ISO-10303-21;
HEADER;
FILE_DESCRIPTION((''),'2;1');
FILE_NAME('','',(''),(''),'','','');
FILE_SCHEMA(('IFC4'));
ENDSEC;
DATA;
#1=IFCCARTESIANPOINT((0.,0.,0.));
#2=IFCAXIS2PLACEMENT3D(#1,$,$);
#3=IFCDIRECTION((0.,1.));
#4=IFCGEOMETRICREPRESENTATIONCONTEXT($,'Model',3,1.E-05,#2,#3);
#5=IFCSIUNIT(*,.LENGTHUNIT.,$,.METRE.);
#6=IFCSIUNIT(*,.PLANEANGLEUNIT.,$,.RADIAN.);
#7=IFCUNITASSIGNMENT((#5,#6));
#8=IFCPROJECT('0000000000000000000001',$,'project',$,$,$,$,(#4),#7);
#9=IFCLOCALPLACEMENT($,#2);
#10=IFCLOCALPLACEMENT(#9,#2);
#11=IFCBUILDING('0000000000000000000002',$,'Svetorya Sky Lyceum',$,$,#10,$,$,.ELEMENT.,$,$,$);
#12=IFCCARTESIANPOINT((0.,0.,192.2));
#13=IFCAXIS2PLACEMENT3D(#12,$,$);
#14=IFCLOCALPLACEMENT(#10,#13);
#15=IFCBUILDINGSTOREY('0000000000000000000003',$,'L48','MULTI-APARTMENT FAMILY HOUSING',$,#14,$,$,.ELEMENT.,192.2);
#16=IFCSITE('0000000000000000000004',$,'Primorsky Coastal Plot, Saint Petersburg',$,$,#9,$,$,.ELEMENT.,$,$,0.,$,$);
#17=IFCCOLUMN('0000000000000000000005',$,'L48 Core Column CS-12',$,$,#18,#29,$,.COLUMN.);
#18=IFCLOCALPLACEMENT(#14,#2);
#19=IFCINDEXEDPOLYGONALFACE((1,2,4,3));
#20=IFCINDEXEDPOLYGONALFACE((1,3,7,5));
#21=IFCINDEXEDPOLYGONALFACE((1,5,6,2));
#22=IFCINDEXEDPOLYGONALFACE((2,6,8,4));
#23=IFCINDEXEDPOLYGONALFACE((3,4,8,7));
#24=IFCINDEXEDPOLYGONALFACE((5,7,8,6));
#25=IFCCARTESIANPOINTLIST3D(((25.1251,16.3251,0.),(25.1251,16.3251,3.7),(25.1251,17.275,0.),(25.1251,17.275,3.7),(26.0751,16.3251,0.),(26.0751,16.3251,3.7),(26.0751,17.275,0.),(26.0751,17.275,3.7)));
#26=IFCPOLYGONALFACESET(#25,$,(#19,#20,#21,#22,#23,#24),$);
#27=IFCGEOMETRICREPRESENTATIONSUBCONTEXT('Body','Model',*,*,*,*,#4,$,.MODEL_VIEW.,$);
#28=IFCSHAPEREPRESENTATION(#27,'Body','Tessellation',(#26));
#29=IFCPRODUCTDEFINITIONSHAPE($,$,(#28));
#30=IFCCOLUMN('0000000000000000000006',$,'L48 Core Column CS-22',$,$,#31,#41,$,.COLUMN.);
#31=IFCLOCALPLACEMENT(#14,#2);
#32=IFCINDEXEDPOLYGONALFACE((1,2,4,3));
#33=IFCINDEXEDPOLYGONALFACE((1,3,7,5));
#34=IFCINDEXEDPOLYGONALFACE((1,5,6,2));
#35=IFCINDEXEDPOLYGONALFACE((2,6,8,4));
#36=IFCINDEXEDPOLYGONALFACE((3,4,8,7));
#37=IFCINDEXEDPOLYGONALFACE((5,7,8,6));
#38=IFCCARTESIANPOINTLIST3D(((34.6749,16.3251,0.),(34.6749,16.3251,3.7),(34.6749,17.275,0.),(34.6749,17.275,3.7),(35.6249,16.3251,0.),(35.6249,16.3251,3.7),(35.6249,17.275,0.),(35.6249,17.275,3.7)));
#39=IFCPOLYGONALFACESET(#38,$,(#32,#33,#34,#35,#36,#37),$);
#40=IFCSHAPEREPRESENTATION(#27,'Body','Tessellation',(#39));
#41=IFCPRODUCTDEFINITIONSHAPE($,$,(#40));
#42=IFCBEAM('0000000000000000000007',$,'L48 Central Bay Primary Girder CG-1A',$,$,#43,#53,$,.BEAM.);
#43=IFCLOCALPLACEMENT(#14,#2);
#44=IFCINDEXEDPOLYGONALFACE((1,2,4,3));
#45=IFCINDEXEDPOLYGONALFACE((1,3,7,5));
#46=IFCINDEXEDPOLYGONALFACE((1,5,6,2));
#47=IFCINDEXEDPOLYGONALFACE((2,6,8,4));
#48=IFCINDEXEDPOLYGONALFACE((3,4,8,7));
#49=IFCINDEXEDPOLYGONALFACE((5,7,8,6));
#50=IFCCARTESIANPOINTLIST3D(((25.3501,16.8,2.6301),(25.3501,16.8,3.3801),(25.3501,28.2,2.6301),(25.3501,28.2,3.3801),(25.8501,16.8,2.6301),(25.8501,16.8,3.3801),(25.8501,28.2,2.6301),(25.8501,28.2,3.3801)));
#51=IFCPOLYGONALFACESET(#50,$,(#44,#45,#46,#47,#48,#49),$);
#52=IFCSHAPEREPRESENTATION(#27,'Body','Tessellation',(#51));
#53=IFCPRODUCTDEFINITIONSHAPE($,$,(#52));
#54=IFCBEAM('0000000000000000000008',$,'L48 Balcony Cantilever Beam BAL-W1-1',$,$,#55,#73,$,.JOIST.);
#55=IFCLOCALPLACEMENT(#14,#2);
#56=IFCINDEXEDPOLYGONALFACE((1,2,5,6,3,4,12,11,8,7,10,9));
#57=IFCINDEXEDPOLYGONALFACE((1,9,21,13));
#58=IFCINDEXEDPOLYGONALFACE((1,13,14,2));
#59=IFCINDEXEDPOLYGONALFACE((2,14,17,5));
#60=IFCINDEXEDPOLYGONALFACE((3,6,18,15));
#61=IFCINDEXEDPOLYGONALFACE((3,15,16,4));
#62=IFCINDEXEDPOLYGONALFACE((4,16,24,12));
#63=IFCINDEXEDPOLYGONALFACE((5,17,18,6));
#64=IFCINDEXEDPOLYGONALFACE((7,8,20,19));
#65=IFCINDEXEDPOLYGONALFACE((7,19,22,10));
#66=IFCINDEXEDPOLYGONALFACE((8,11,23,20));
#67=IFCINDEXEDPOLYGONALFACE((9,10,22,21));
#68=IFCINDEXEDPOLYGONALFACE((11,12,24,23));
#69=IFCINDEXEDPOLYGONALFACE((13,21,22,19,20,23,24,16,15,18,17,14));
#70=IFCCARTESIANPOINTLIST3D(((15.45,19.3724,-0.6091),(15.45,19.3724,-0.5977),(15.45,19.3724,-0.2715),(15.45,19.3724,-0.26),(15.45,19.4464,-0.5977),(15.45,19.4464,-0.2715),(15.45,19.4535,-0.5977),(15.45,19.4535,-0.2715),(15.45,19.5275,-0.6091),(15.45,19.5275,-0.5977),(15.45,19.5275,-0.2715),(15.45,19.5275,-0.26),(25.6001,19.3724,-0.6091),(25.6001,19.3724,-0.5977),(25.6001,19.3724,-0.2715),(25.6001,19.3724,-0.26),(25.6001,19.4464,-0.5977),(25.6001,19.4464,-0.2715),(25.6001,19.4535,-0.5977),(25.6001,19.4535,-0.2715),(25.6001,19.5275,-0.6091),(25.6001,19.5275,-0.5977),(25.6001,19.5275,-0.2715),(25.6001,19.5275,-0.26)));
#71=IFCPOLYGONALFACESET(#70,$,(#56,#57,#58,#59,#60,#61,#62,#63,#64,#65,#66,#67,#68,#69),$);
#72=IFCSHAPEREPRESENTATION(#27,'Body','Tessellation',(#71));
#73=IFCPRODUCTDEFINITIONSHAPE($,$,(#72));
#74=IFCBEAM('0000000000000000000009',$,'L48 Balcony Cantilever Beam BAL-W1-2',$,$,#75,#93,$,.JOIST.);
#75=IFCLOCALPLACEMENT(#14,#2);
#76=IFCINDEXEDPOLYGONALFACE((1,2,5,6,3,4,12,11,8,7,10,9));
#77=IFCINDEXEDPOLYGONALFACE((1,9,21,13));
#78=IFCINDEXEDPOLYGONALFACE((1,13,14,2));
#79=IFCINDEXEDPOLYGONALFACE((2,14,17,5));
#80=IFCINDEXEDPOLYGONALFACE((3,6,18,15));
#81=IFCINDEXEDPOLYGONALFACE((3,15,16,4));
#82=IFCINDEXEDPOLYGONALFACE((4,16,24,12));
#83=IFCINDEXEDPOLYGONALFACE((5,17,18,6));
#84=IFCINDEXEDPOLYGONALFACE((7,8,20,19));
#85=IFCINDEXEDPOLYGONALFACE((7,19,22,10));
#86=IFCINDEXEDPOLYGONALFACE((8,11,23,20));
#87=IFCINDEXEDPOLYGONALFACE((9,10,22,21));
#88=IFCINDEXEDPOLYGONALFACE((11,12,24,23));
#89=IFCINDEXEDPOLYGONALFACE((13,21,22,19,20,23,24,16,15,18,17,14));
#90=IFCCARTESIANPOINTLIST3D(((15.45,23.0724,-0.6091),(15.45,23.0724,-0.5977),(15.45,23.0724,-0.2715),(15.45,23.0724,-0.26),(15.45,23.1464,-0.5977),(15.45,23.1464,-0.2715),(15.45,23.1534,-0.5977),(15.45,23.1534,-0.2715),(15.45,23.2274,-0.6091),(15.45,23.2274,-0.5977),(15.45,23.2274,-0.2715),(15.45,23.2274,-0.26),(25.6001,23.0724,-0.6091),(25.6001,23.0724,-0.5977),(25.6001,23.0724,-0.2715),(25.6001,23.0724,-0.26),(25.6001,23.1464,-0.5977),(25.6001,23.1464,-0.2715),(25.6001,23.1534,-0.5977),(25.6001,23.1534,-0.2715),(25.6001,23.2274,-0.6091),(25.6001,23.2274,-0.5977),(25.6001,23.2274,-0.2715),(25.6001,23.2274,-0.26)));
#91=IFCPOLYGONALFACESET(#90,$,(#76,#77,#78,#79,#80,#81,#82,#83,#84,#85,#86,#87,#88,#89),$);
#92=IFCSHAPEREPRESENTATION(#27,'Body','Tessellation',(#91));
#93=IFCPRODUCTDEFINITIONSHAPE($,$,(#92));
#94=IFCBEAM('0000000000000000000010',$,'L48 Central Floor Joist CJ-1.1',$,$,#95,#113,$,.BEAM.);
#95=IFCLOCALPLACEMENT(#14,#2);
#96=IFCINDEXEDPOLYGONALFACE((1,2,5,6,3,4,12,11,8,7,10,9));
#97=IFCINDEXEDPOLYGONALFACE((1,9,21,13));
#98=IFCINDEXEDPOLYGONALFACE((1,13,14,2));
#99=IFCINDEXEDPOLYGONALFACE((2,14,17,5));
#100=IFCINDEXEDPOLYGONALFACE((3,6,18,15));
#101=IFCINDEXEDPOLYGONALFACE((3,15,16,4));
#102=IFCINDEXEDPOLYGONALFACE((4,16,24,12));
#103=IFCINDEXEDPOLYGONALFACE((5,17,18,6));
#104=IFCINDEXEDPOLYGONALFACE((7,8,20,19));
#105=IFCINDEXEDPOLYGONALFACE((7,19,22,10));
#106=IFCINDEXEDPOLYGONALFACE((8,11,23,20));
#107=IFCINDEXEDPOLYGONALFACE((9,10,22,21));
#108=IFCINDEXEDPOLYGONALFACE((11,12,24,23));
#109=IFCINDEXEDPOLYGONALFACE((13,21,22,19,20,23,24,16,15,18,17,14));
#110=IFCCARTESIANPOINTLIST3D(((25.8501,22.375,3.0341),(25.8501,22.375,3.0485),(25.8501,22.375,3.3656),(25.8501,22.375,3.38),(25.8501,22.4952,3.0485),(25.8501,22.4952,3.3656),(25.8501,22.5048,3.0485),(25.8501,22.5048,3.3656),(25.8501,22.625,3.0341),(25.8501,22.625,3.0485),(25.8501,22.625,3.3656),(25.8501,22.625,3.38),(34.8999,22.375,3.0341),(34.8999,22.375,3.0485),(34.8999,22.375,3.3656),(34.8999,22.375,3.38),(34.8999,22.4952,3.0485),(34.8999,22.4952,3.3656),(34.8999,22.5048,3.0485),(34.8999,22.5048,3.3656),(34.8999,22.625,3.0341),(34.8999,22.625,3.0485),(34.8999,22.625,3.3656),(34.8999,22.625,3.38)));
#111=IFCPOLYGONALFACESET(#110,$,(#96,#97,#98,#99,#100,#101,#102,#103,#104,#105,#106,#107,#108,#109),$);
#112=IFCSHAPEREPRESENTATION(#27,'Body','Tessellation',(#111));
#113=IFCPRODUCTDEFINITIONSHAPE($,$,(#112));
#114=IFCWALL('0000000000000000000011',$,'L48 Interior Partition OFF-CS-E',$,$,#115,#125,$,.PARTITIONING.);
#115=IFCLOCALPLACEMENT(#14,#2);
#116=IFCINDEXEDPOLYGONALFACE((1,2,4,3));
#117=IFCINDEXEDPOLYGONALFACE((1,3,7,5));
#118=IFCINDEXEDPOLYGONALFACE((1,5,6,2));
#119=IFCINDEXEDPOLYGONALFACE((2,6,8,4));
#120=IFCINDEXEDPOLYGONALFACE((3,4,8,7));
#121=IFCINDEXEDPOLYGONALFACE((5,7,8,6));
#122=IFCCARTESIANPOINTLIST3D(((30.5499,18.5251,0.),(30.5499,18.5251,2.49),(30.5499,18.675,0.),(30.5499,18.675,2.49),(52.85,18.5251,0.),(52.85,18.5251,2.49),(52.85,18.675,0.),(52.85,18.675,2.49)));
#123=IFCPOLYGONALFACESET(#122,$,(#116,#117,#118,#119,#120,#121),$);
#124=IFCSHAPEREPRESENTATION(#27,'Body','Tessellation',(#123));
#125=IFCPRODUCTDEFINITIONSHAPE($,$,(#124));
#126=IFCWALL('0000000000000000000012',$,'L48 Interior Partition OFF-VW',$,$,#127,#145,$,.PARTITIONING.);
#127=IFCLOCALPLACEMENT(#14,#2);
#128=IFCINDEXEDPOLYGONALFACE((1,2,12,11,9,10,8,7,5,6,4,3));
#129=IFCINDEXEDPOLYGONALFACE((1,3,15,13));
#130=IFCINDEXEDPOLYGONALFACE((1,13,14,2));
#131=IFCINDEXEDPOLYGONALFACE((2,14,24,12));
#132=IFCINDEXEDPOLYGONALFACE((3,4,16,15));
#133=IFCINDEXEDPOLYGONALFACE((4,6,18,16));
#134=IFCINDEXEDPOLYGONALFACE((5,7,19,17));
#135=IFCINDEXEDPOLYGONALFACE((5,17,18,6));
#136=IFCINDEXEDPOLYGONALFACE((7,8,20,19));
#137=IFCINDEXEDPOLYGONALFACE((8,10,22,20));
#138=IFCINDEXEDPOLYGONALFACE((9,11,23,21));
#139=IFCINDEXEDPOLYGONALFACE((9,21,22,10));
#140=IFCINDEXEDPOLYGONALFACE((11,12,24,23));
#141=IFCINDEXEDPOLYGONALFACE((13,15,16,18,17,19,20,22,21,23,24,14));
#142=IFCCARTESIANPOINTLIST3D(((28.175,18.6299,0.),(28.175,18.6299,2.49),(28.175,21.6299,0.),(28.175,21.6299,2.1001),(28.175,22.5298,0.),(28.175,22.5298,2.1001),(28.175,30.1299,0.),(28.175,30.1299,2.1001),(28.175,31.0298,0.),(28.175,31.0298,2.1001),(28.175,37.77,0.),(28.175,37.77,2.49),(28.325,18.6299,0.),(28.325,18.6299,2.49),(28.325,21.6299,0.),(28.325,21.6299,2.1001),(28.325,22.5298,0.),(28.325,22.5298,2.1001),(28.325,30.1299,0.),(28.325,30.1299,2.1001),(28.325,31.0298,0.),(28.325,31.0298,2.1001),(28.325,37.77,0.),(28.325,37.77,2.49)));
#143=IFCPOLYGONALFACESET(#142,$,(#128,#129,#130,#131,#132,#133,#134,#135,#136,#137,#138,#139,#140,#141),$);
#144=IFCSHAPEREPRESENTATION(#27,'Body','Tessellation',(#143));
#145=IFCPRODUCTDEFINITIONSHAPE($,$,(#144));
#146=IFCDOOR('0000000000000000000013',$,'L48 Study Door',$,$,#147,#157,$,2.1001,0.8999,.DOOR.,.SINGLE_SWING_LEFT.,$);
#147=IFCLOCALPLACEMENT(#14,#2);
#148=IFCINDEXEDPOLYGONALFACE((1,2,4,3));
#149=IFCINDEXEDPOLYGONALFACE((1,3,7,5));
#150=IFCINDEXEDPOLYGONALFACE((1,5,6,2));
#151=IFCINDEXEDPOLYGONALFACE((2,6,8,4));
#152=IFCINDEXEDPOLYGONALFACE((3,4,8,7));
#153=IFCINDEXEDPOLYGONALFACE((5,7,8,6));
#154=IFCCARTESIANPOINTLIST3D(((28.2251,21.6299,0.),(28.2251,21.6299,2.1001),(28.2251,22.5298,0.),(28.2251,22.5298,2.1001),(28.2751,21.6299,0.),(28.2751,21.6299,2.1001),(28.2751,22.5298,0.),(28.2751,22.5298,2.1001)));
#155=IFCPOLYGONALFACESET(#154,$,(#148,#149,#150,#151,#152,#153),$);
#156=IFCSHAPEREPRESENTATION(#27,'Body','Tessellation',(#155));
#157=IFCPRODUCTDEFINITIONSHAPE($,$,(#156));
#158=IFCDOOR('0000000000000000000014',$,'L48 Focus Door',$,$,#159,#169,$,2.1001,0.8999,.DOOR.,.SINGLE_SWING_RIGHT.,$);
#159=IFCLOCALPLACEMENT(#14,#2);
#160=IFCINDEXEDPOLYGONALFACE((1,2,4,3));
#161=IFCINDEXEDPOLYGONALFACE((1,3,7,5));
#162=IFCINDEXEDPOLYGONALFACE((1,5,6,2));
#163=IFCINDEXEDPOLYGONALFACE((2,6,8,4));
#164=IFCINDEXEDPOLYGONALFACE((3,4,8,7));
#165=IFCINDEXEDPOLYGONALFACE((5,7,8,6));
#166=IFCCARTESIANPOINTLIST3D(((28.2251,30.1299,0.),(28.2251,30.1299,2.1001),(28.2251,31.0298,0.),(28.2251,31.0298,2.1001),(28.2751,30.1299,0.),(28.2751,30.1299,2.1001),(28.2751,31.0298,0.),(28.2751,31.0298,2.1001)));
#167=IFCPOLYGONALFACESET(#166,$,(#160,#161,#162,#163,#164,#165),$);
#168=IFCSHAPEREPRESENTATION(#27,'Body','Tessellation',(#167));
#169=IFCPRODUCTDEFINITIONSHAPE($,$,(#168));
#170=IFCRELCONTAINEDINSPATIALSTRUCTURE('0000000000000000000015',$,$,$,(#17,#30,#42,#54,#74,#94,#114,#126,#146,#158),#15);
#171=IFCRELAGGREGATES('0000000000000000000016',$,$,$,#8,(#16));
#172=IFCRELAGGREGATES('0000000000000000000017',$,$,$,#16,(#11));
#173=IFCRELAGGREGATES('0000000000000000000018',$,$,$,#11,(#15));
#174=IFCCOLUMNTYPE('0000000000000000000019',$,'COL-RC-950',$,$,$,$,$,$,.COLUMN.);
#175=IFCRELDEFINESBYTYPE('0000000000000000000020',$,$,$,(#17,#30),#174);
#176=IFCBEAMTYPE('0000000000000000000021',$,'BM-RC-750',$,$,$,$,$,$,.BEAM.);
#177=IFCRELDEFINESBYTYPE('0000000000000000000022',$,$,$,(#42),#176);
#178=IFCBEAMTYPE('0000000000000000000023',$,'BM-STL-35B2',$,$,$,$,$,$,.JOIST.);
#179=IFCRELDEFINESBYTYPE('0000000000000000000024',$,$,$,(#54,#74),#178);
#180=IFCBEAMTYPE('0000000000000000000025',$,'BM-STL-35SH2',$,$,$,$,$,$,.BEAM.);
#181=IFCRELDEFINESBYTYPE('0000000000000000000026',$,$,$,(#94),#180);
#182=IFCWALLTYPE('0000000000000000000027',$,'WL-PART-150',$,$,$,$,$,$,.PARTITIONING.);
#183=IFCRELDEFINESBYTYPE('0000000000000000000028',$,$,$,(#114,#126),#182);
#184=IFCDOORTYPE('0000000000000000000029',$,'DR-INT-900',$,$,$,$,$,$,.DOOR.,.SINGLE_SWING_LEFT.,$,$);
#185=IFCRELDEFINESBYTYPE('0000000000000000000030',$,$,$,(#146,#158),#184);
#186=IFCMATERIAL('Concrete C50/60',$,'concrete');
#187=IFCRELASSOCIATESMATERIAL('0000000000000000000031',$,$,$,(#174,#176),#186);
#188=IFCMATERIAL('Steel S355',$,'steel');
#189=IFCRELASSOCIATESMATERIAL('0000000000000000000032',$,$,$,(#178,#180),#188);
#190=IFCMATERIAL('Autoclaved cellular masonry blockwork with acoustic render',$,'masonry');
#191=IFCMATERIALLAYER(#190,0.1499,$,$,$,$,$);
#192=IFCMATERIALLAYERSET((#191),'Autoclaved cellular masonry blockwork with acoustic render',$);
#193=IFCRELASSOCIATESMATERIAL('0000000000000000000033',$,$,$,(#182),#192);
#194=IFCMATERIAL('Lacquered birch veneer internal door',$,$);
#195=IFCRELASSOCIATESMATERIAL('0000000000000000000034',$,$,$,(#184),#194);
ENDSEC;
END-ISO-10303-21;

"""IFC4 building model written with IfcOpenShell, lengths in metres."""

from ifc_helpers import new_model, si_unit, direction, frame, frame_2d, origin, origin_2d, place, context, subcontext, project, spatial, rectangle, i_section, extrude, material, layer, layer_set, material_profile, profile_set, type_object, element, fill, save


model = new_model("IFC4")

# Units and contexts
model_context = context("Model", 3, precision=1e-05, world=origin(), true_north=direction((0.0, 1.0)))
body_context = subcontext(model_context, "Body", "Model", "MODEL_VIEW")
ifc_project = project(units=[si_unit("LENGTHUNIT", "METRE"), si_unit("PLANEANGLEUNIT", "RADIAN")], contexts=[model_context])

# Site, building, storey
site_placement = place(None, origin())
site = spatial("IfcSite", under=ifc_project, at=site_placement, Name="Primorsky Coastal Plot, Saint Petersburg", CompositionType="ELEMENT", RefElevation=0.0)
building_placement = place(site_placement, origin())
building = spatial("IfcBuilding", under=site, at=building_placement, Name="Svetorya Sky Lyceum", CompositionType="ELEMENT")
storey_placement = place(building_placement, frame((0.0, 0.0, 192.2)))
storey = spatial("IfcBuildingStorey", under=building, at=storey_placement, Name="L48", Description="MULTI-APARTMENT FAMILY HOUSING", CompositionType="ELEMENT", Elevation=192.2)

# Columns
ifc_material_1 = material(Name="Concrete C50/60", Category="concrete")
ifc_material_profile_1 = material_profile(ifc_material_1, rectangle(XDim=0.95, YDim=0.95, at=origin_2d()), Name="RC COL 950x950")
ifc_profile_set_1 = profile_set([ifc_material_profile_1], Name="Concrete C50/60")
column_type = type_object("IfcColumnType", Name="COL-RC-950", PredefinedType="COLUMN", material=ifc_profile_set_1)
for number, where, z_axis, x_axis, name in (
    (1, (25.6001, 16.8, 0.0), (0.0, 0.0, 1.0), (1.0, 0.0, 0.0), "L48 Core Column CS-12"),
    (2, (35.1499, 16.8, 0.0), (0.0, 0.0, 1.0), (1.0, 0.0, 0.0), "L48 Core Column CS-22"),
):
    element("IfcColumn", number, at=place(storey_placement, frame(where, z_axis=z_axis, x_axis=x_axis)), inside=storey, type_object=column_type, Name=name, PredefinedType="COLUMN", context=body_context, shape_type="SweptSolid", body=[
        extrude(rectangle(XDim=0.95, YDim=0.95, at=origin_2d()), origin(), (0.0, 0.0, 1.0), 3.7),
    ])

# Beams
ifc_material_profile_2 = material_profile(ifc_material_1, rectangle(XDim=0.5, YDim=0.75, at=origin_2d()), Name="RC BEAM 500x750")
ifc_profile_set_2 = profile_set([ifc_material_profile_2], Name="Concrete C50/60")
beam_type_1 = type_object("IfcBeamType", Name="BM-RC-750", PredefinedType="BEAM", material=ifc_profile_set_2)
beam_1_placement = place(storey_placement, frame((25.6001, 16.8, 3.0051), z_axis=(0.0, 1.0, 0.0), x_axis=(-1.0, 0.0, 0.0)))
element("IfcBeam", 3, at=beam_1_placement, inside=storey, type_object=beam_type_1, Name="L48 Central Bay Primary Girder CG-1A", PredefinedType="BEAM", context=body_context, shape_type="SweptSolid", body=[
    extrude(rectangle(XDim=0.5, YDim=0.75, at=origin_2d()), origin(), (0.0, 0.0, 1.0), 11.3999),
])
ifc_material_2 = material(Name="Steel S355", Category="steel")
ifc_material_profile_3 = material_profile(ifc_material_2, i_section(OverallWidth=0.155, OverallDepth=0.3491, WebThickness=0.0071, FlangeThickness=0.0115, at=origin_2d()), Name="GOST 35B2")
ifc_profile_set_3 = profile_set([ifc_material_profile_3], Name="Steel S355")
beam_type_2 = type_object("IfcBeamType", Name="BM-STL-35B2", PredefinedType="JOIST", material=ifc_profile_set_3)
for number, where, z_axis, x_axis, name in (
    (4, (25.6001, 19.45, -0.4346), (-1.0, 0.0, 0.0), (0.0, -1.0, 0.0), "L48 Balcony Cantilever Beam BAL-W1-1"),
    (5, (25.6001, 23.1499, -0.4346), (-1.0, 0.0, 0.0), (0.0, -1.0, 0.0), "L48 Balcony Cantilever Beam BAL-W1-2"),
):
    element("IfcBeam", number, at=place(storey_placement, frame(where, z_axis=z_axis, x_axis=x_axis)), inside=storey, type_object=beam_type_2, Name=name, PredefinedType="JOIST", context=body_context, shape_type="SweptSolid", body=[
        extrude(i_section(OverallWidth=0.155, OverallDepth=0.3491, WebThickness=0.0071, FlangeThickness=0.0115, at=origin_2d()), origin(), (0.0, 0.0, 1.0), 10.1501),
    ])
ifc_material_profile_4 = material_profile(ifc_material_2, i_section(OverallWidth=0.25, OverallDepth=0.3459, WebThickness=0.0095, FlangeThickness=0.0144, at=origin_2d()), Name="GOST 35Sh2")
ifc_profile_set_4 = profile_set([ifc_material_profile_4], Name="Steel S355")
beam_type_3 = type_object("IfcBeamType", Name="BM-STL-35SH2", PredefinedType="BEAM", material=ifc_profile_set_4)
beam_2_placement = place(storey_placement, frame((25.8501, 22.5, 3.207), z_axis=(1.0, 0.0, 0.0), x_axis=(0.0, 1.0, 0.0)))
element("IfcBeam", 6, at=beam_2_placement, inside=storey, type_object=beam_type_3, Name="L48 Central Floor Joist CJ-1.1", PredefinedType="BEAM", context=body_context, shape_type="SweptSolid", body=[
    extrude(i_section(OverallWidth=0.25, OverallDepth=0.3459, WebThickness=0.0095, FlangeThickness=0.0144, at=origin_2d()), origin(), (0.0, 0.0, 1.0), 9.0498),
])

# Wall
ifc_material_3 = material(Name="Autoclaved cellular masonry blockwork with acoustic render", Category="masonry")
ifc_layer = layer(ifc_material_3, 0.1499)
ifc_layer_set = layer_set([ifc_layer], Name="Autoclaved cellular masonry blockwork with acoustic render")
wall_type = type_object("IfcWallType", Name="WL-PART-150", PredefinedType="PARTITIONING", material=ifc_layer_set)
wall_1_placement = place(storey_placement, frame((30.55, 18.6001, 0.0), z_axis=(0.0, 0.0, 1.0), x_axis=(1.0, 0.0, 0.0)))
element("IfcWall", 7, at=wall_1_placement, inside=storey, type_object=wall_type, Name="L48 Interior Partition OFF-CS-E", PredefinedType="PARTITIONING", context=body_context, shape_type="SweptSolid", body=[
    extrude(rectangle(XDim=22.3, YDim=0.1499, at=frame_2d((11.1499, 0.0))), origin(), (0.0, 0.0, 1.0), 2.49),
])

# Wall, openings, doors
wall_2_placement = place(storey_placement, frame((28.25, 18.6299, 0.0), z_axis=(0.0, 0.0, 1.0), x_axis=(0.0, 1.0, 0.0)))
wall_2 = element("IfcWall", 8, at=wall_2_placement, inside=storey, type_object=wall_type, Name="L48 Interior Partition OFF-VW", PredefinedType="PARTITIONING", context=body_context, shape_type="SweptSolid", body=[
    extrude(rectangle(XDim=19.1401, YDim=0.1499, at=frame_2d((9.5701, 0.0))), origin(), (0.0, 0.0, 1.0), 2.49),
])
opening_1_placement = place(wall_2_placement, frame((3.0, 0.0, 0.0)))
opening_1 = element("IfcOpeningElement", 9, at=opening_1_placement, cuts=wall_2, PredefinedType="OPENING", context=body_context, shape_type="SweptSolid", body=[
    extrude(rectangle(XDim=0.8999, YDim=2.1001, at=frame_2d((0.45, 1.05))), frame((0.0, 0.085, 0.0), z_axis=(0.0, -1.0, 0.0), x_axis=(1.0, 0.0, 0.0)), (0.0, 0.0, 1.0), 0.1699),
])
opening_2_placement = place(wall_2_placement, frame((11.5, 0.0, 0.0)))
opening_2 = element("IfcOpeningElement", 10, at=opening_2_placement, cuts=wall_2, PredefinedType="OPENING", context=body_context, shape_type="SweptSolid", body=[
    extrude(rectangle(XDim=0.8999, YDim=2.1001, at=frame_2d((0.45, 1.05))), frame((0.0, 0.085, 0.0), z_axis=(0.0, -1.0, 0.0), x_axis=(1.0, 0.0, 0.0)), (0.0, 0.0, 1.0), 0.1699),
])
ifc_material_4 = material(Name="Lacquered birch veneer internal door")
door_type_1 = type_object("IfcDoorType", Name="DR-INT-900", OperationType="SINGLE_SWING_LEFT", PredefinedType="DOOR", material=ifc_material_4)
door_1_placement = place(opening_1_placement, origin())
door_1 = element("IfcDoor", 11, at=door_1_placement, inside=storey, type_object=door_type_1, Name="L48 Study Door", OperationType="SINGLE_SWING_LEFT", OverallHeight=2.1001, OverallWidth=0.8999, PredefinedType="DOOR", context=body_context, shape_type="SweptSolid", body=[
    extrude(rectangle(XDim=0.8999, YDim=2.1001, at=frame_2d((0.45, 1.05))), frame((0.0, 0.0249, 0.0), z_axis=(0.0, -1.0, 0.0), x_axis=(1.0, 0.0, 0.0)), (0.0, 0.0, 1.0), 0.05),
])
fill(opening_1, door_1)
door_2_placement = place(opening_2_placement, origin())
door_2 = element("IfcDoor", 12, at=door_2_placement, inside=storey, type_object=door_type_1, Name="L48 Focus Door", OperationType="SINGLE_SWING_RIGHT", OverallHeight=2.1001, OverallWidth=0.8999, PredefinedType="DOOR", context=body_context, shape_type="SweptSolid", body=[
    extrude(rectangle(XDim=0.8999, YDim=2.1001, at=frame_2d((0.45, 1.05))), frame((0.0, 0.0249, 0.0), z_axis=(0.0, -1.0, 0.0), x_axis=(1.0, 0.0, 0.0)), (0.0, 0.0, 1.0), 0.05),
])
fill(opening_2, door_2)

save(model, "model.ifc")
